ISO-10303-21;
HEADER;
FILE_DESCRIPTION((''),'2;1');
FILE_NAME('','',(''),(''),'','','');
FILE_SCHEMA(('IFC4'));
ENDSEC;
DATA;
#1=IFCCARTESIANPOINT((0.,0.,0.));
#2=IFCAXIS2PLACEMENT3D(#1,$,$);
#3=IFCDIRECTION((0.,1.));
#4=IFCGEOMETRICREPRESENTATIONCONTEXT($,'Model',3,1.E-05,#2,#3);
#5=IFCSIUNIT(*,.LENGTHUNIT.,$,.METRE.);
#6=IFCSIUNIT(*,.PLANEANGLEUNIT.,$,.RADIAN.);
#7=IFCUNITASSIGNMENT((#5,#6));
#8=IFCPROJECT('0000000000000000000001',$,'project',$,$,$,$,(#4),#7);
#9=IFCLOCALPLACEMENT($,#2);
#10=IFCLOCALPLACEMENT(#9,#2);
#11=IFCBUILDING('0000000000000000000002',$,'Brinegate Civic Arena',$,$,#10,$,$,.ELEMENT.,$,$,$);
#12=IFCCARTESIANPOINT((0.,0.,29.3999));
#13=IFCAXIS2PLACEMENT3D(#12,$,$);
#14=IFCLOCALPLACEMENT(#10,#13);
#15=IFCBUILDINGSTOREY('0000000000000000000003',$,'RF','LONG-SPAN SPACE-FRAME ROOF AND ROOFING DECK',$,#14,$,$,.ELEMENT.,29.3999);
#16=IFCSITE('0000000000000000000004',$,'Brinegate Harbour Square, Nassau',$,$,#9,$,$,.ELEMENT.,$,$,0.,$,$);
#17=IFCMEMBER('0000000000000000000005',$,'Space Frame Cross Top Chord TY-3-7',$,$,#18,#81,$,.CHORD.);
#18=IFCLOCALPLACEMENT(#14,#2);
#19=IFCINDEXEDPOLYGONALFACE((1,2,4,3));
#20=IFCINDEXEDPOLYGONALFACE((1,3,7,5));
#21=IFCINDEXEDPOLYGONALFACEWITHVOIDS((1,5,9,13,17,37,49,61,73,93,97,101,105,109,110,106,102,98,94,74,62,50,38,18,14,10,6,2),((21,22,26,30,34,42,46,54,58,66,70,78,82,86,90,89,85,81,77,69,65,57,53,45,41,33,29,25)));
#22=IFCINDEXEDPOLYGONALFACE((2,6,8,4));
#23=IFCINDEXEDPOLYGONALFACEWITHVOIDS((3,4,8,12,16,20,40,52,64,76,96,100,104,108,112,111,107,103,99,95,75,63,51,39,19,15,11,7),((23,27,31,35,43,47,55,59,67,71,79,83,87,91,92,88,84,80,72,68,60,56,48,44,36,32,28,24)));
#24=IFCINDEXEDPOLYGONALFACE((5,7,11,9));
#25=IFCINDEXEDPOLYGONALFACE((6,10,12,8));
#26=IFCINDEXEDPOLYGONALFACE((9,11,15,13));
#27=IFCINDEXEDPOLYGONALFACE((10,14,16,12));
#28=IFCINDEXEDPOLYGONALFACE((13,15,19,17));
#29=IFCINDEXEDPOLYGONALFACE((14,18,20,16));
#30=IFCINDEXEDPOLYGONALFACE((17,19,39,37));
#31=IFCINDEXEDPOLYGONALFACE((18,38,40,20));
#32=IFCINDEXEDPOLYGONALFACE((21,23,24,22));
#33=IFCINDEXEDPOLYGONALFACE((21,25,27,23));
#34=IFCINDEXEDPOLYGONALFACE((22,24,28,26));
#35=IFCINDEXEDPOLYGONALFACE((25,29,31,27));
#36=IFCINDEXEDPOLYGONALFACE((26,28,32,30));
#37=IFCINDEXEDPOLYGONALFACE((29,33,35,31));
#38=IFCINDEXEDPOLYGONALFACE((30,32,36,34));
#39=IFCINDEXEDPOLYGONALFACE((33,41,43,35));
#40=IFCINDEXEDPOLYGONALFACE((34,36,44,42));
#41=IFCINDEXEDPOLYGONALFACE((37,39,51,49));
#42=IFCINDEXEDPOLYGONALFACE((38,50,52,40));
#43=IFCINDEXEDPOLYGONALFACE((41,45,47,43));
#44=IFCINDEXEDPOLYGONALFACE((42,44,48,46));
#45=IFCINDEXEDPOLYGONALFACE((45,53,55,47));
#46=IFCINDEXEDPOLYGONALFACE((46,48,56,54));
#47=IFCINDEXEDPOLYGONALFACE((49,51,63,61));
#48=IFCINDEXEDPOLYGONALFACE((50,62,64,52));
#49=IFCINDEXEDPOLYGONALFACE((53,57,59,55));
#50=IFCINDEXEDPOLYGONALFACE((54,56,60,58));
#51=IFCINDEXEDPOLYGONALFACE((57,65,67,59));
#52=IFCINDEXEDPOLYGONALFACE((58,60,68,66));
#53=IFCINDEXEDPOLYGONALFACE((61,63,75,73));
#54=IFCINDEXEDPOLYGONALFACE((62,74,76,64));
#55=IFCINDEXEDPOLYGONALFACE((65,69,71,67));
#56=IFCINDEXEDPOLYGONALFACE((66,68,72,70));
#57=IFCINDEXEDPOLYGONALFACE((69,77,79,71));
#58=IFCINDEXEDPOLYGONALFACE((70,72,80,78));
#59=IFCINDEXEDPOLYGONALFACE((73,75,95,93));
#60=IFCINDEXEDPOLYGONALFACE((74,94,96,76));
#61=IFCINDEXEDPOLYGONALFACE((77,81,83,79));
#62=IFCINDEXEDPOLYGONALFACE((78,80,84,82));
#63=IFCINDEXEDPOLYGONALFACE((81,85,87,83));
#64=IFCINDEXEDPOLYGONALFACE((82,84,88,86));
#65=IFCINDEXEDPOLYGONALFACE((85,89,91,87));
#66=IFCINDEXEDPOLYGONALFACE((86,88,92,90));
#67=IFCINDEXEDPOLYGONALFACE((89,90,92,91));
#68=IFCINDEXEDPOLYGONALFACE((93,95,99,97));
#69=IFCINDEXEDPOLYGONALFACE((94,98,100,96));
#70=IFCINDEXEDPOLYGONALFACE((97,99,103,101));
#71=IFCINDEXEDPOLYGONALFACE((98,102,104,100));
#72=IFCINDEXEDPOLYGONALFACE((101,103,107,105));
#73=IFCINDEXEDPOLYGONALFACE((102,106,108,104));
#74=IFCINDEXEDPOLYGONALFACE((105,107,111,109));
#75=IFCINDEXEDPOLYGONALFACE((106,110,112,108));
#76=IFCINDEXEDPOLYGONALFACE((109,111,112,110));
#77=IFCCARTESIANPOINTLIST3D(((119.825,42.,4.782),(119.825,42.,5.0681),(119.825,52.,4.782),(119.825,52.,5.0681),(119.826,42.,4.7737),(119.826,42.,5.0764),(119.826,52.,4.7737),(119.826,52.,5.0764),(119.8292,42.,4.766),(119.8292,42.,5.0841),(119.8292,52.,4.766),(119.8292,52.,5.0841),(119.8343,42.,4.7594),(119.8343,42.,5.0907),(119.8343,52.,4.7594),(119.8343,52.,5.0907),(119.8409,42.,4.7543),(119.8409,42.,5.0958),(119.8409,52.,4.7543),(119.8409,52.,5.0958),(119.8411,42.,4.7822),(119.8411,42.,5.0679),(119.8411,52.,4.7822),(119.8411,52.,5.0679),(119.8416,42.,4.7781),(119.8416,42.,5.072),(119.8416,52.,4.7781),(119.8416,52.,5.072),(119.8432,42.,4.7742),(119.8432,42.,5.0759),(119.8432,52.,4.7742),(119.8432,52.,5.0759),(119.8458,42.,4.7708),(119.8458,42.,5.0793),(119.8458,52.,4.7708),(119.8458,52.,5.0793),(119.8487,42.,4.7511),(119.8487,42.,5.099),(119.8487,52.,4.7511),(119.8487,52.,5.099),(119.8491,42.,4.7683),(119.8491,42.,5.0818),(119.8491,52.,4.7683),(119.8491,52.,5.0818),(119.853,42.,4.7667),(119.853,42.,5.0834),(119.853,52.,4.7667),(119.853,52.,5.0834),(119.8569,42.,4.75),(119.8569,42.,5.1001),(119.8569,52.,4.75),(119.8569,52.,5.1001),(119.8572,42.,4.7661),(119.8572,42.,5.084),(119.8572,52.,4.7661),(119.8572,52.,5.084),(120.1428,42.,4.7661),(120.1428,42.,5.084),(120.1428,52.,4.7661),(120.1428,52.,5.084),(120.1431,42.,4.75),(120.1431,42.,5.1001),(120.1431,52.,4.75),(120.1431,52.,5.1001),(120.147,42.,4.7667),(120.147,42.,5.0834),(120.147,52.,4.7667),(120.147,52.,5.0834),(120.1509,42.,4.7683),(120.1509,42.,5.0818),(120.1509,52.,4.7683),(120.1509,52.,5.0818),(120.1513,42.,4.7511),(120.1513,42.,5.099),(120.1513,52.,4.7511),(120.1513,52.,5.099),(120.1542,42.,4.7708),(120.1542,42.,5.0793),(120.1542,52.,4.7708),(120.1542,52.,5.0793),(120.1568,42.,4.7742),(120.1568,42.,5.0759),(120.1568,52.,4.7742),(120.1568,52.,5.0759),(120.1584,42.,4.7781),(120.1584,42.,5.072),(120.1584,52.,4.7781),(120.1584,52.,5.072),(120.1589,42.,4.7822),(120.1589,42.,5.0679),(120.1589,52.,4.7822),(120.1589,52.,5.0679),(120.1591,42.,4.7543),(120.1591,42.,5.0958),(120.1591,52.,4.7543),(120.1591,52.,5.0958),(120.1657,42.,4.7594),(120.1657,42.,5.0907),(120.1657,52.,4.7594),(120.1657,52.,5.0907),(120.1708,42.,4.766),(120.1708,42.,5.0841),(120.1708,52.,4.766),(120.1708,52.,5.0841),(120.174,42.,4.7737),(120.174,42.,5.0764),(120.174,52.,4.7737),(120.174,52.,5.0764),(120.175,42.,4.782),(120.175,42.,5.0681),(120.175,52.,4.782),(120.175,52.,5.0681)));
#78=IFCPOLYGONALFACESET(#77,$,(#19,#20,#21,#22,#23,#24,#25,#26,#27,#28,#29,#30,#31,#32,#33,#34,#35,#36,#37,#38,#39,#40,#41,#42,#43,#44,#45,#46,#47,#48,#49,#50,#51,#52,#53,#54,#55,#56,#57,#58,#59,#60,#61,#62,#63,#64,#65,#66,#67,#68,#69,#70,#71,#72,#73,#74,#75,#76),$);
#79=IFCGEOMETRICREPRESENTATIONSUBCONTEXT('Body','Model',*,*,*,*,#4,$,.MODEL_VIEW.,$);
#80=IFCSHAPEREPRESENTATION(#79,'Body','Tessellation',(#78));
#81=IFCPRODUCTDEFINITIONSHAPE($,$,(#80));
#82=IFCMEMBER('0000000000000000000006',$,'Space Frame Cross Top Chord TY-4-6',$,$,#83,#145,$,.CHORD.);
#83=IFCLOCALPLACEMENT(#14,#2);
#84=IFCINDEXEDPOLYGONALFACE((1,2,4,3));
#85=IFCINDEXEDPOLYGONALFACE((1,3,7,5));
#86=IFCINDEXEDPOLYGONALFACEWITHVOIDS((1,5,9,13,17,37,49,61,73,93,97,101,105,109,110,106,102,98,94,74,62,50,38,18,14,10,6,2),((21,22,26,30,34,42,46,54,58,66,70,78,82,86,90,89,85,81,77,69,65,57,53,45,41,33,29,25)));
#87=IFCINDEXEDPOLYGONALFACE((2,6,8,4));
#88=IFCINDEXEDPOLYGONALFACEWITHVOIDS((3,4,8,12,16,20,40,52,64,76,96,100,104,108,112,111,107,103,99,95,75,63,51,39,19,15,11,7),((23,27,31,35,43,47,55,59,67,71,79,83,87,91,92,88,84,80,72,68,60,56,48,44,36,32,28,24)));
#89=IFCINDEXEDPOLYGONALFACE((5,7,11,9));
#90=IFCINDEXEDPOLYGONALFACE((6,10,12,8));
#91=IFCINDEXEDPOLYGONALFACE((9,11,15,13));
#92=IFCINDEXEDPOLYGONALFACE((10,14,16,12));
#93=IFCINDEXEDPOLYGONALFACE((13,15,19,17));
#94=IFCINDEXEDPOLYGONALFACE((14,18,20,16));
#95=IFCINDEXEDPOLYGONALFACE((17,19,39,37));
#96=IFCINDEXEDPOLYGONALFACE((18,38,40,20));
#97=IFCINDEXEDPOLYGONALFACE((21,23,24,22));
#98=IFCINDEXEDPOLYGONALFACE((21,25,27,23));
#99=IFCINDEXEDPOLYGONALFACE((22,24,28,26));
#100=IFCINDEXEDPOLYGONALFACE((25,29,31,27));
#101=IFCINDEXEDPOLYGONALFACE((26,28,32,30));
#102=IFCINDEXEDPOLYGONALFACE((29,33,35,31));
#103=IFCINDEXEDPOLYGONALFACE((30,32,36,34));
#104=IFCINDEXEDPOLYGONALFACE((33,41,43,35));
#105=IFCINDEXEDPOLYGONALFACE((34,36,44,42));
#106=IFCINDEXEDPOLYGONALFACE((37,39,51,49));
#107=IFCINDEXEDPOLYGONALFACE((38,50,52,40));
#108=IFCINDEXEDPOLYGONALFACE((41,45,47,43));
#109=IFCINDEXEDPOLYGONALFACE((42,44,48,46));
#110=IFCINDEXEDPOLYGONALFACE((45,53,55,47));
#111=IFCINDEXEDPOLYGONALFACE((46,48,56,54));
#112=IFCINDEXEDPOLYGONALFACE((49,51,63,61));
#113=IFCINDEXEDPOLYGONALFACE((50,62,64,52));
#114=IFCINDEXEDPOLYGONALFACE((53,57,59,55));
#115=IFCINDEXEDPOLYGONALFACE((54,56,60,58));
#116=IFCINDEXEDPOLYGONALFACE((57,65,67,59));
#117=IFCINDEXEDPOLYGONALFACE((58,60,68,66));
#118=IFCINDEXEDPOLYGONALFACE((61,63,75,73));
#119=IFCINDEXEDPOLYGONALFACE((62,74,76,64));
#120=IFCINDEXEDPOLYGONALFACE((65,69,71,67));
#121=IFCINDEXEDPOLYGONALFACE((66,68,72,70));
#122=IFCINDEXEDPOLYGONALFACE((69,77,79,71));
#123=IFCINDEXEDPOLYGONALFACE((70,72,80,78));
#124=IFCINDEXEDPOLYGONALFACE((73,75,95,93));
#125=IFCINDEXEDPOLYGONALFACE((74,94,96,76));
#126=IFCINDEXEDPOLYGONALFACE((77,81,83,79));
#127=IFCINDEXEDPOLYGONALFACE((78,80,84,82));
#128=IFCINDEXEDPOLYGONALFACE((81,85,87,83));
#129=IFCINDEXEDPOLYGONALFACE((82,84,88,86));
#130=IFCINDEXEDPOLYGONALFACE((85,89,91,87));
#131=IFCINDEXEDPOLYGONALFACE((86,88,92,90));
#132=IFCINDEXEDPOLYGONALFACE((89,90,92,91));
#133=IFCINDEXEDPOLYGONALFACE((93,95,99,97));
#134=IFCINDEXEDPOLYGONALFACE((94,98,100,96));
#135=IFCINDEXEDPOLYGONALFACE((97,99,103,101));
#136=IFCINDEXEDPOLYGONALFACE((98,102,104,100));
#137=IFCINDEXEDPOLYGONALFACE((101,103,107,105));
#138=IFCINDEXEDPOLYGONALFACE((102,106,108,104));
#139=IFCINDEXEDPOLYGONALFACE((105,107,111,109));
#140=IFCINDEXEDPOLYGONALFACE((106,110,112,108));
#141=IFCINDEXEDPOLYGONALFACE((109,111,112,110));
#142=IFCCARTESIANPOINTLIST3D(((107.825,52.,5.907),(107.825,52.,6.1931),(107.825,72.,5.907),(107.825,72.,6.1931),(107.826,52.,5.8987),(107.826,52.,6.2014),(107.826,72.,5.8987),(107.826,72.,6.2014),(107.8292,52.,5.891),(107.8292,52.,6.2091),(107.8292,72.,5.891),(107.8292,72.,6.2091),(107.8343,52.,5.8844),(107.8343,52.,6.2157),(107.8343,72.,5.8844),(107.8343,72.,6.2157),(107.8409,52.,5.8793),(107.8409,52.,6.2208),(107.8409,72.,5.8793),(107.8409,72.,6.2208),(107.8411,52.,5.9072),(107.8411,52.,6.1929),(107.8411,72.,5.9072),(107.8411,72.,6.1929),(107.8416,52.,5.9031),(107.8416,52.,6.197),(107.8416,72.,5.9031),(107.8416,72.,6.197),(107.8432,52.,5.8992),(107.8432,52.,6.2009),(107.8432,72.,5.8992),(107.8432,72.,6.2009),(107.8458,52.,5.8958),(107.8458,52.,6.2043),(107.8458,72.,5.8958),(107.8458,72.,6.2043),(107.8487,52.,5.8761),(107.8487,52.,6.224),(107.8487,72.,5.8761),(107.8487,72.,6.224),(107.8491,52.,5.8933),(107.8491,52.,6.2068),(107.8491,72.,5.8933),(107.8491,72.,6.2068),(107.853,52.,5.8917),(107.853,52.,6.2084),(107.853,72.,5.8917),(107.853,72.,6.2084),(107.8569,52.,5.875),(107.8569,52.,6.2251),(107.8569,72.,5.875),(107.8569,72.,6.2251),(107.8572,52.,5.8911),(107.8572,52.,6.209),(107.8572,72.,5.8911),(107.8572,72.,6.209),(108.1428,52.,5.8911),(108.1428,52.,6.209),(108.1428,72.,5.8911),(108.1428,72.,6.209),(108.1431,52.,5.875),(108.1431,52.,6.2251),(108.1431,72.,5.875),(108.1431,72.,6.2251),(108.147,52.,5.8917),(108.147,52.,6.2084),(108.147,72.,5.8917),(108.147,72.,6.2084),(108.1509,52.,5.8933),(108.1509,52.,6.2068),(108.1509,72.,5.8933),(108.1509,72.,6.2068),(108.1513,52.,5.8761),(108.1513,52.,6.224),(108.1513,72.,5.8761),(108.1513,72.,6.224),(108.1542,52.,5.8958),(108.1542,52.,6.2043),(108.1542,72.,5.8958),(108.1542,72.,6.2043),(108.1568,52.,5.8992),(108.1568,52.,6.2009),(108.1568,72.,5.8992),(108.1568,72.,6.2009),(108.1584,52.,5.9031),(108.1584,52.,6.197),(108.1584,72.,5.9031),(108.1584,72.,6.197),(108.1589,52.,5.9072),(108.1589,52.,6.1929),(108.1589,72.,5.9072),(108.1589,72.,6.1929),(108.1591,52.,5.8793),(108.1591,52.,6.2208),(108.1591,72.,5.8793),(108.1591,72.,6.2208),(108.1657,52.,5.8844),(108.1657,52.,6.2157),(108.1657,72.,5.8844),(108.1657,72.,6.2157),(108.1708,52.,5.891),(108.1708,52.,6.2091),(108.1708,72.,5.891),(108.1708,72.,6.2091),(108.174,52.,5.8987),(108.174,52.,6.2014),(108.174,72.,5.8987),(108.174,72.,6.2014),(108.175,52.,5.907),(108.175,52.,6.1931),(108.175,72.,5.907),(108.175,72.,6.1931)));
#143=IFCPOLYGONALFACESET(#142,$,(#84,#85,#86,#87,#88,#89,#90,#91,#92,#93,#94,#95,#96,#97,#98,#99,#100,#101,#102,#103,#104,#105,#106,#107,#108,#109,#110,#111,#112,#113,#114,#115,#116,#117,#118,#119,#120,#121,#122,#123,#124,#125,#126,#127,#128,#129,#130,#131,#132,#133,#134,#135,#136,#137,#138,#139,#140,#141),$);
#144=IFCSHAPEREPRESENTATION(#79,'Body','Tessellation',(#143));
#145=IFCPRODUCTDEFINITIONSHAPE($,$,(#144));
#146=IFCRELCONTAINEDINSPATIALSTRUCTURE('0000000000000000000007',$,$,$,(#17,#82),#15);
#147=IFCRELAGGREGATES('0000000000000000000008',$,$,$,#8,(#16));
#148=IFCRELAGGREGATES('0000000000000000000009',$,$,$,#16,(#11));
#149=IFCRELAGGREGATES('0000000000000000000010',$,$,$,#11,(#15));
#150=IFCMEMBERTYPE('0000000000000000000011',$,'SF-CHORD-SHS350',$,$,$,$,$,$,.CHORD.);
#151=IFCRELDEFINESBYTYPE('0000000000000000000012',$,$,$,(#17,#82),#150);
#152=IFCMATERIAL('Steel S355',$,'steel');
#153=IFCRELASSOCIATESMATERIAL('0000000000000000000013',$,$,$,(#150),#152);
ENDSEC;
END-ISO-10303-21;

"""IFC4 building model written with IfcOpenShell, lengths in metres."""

from ifc_helpers import new_model, si_unit, direction, frame, origin, origin_2d, place, context, subcontext, project, spatial, hollow_rectangle, extrude, material, material_profile, profile_set, type_object, element, save


model = new_model("IFC4")

# Units and contexts
model_context = context("Model", 3, precision=1e-05, world=origin(), true_north=direction((0.0, 1.0)))
body_context = subcontext(model_context, "Body", "Model", "MODEL_VIEW")
ifc_project = project(units=[si_unit("LENGTHUNIT", "METRE"), si_unit("PLANEANGLEUNIT", "RADIAN")], contexts=[model_context])

# Site, building, storey
site_placement = place(None, origin())
site = spatial("IfcSite", under=ifc_project, at=site_placement, Name="Brinegate Harbour Square, Nassau", CompositionType="ELEMENT", RefElevation=0.0)
building_placement = place(site_placement, origin())
building = spatial("IfcBuilding", under=site, at=building_placement, Name="Brinegate Civic Arena", CompositionType="ELEMENT")
storey_placement = place(building_placement, frame((0.0, 0.0, 29.3999)))
storey = spatial("IfcBuildingStorey", under=building, at=storey_placement, Name="RF", Description="LONG-SPAN SPACE-FRAME ROOF AND ROOFING DECK", CompositionType="ELEMENT", Elevation=29.3999)

# Members
ifc_material = material(Name="Steel S355", Category="steel")
ifc_material_profile_1 = material_profile(ifc_material, hollow_rectangle(XDim=0.3501, YDim=0.3501, WallThickness=0.0161, InnerFilletRadius=0.0161, OuterFilletRadius=0.032, at=origin_2d()), Name="SHS350X16")
ifc_profile_set_1 = profile_set([ifc_material_profile_1], Name="Steel S355")
member_type_1 = type_object("IfcMemberType", Name="SF-CHORD-SHS350", PredefinedType="CHORD", material=ifc_profile_set_1)
member_1_placement = place(storey_placement, frame((120.0, 42.0, 4.925), z_axis=(0.0, 1.0, 0.0), x_axis=(-1.0, 0.0, 0.0)))
element("IfcMember", 1, at=member_1_placement, inside=storey, type_object=member_type_1, Name="Space Frame Cross Top Chord TY-3-7", PredefinedType="CHORD", context=body_context, shape_type="SweptSolid", body=[
    extrude(hollow_rectangle(XDim=0.3501, YDim=0.3501, WallThickness=0.0161, InnerFilletRadius=0.0161, OuterFilletRadius=0.032, at=origin_2d()), origin(), (0.0, 0.0, 1.0), 10.0),
])
for number, where, z_axis, x_axis, name in (
    (2, (108.0, 52.0, 6.05), (0.0, 1.0, 0.0), (-1.0, 0.0, 0.0), "Space Frame Cross Top Chord TY-4-6"),
):
    element("IfcMember", number, at=place(storey_placement, frame(where, z_axis=z_axis, x_axis=x_axis)), inside=storey, type_object=member_type_1, Name=name, PredefinedType="CHORD", context=body_context, shape_type="SweptSolid", body=[
        extrude(hollow_rectangle(XDim=0.3501, YDim=0.3501, WallThickness=0.0161, InnerFilletRadius=0.0161, OuterFilletRadius=0.032, at=origin_2d()), origin(), (0.0, 0.0, 1.0), 20.0),
    ])

save(model, "model.ifc")
